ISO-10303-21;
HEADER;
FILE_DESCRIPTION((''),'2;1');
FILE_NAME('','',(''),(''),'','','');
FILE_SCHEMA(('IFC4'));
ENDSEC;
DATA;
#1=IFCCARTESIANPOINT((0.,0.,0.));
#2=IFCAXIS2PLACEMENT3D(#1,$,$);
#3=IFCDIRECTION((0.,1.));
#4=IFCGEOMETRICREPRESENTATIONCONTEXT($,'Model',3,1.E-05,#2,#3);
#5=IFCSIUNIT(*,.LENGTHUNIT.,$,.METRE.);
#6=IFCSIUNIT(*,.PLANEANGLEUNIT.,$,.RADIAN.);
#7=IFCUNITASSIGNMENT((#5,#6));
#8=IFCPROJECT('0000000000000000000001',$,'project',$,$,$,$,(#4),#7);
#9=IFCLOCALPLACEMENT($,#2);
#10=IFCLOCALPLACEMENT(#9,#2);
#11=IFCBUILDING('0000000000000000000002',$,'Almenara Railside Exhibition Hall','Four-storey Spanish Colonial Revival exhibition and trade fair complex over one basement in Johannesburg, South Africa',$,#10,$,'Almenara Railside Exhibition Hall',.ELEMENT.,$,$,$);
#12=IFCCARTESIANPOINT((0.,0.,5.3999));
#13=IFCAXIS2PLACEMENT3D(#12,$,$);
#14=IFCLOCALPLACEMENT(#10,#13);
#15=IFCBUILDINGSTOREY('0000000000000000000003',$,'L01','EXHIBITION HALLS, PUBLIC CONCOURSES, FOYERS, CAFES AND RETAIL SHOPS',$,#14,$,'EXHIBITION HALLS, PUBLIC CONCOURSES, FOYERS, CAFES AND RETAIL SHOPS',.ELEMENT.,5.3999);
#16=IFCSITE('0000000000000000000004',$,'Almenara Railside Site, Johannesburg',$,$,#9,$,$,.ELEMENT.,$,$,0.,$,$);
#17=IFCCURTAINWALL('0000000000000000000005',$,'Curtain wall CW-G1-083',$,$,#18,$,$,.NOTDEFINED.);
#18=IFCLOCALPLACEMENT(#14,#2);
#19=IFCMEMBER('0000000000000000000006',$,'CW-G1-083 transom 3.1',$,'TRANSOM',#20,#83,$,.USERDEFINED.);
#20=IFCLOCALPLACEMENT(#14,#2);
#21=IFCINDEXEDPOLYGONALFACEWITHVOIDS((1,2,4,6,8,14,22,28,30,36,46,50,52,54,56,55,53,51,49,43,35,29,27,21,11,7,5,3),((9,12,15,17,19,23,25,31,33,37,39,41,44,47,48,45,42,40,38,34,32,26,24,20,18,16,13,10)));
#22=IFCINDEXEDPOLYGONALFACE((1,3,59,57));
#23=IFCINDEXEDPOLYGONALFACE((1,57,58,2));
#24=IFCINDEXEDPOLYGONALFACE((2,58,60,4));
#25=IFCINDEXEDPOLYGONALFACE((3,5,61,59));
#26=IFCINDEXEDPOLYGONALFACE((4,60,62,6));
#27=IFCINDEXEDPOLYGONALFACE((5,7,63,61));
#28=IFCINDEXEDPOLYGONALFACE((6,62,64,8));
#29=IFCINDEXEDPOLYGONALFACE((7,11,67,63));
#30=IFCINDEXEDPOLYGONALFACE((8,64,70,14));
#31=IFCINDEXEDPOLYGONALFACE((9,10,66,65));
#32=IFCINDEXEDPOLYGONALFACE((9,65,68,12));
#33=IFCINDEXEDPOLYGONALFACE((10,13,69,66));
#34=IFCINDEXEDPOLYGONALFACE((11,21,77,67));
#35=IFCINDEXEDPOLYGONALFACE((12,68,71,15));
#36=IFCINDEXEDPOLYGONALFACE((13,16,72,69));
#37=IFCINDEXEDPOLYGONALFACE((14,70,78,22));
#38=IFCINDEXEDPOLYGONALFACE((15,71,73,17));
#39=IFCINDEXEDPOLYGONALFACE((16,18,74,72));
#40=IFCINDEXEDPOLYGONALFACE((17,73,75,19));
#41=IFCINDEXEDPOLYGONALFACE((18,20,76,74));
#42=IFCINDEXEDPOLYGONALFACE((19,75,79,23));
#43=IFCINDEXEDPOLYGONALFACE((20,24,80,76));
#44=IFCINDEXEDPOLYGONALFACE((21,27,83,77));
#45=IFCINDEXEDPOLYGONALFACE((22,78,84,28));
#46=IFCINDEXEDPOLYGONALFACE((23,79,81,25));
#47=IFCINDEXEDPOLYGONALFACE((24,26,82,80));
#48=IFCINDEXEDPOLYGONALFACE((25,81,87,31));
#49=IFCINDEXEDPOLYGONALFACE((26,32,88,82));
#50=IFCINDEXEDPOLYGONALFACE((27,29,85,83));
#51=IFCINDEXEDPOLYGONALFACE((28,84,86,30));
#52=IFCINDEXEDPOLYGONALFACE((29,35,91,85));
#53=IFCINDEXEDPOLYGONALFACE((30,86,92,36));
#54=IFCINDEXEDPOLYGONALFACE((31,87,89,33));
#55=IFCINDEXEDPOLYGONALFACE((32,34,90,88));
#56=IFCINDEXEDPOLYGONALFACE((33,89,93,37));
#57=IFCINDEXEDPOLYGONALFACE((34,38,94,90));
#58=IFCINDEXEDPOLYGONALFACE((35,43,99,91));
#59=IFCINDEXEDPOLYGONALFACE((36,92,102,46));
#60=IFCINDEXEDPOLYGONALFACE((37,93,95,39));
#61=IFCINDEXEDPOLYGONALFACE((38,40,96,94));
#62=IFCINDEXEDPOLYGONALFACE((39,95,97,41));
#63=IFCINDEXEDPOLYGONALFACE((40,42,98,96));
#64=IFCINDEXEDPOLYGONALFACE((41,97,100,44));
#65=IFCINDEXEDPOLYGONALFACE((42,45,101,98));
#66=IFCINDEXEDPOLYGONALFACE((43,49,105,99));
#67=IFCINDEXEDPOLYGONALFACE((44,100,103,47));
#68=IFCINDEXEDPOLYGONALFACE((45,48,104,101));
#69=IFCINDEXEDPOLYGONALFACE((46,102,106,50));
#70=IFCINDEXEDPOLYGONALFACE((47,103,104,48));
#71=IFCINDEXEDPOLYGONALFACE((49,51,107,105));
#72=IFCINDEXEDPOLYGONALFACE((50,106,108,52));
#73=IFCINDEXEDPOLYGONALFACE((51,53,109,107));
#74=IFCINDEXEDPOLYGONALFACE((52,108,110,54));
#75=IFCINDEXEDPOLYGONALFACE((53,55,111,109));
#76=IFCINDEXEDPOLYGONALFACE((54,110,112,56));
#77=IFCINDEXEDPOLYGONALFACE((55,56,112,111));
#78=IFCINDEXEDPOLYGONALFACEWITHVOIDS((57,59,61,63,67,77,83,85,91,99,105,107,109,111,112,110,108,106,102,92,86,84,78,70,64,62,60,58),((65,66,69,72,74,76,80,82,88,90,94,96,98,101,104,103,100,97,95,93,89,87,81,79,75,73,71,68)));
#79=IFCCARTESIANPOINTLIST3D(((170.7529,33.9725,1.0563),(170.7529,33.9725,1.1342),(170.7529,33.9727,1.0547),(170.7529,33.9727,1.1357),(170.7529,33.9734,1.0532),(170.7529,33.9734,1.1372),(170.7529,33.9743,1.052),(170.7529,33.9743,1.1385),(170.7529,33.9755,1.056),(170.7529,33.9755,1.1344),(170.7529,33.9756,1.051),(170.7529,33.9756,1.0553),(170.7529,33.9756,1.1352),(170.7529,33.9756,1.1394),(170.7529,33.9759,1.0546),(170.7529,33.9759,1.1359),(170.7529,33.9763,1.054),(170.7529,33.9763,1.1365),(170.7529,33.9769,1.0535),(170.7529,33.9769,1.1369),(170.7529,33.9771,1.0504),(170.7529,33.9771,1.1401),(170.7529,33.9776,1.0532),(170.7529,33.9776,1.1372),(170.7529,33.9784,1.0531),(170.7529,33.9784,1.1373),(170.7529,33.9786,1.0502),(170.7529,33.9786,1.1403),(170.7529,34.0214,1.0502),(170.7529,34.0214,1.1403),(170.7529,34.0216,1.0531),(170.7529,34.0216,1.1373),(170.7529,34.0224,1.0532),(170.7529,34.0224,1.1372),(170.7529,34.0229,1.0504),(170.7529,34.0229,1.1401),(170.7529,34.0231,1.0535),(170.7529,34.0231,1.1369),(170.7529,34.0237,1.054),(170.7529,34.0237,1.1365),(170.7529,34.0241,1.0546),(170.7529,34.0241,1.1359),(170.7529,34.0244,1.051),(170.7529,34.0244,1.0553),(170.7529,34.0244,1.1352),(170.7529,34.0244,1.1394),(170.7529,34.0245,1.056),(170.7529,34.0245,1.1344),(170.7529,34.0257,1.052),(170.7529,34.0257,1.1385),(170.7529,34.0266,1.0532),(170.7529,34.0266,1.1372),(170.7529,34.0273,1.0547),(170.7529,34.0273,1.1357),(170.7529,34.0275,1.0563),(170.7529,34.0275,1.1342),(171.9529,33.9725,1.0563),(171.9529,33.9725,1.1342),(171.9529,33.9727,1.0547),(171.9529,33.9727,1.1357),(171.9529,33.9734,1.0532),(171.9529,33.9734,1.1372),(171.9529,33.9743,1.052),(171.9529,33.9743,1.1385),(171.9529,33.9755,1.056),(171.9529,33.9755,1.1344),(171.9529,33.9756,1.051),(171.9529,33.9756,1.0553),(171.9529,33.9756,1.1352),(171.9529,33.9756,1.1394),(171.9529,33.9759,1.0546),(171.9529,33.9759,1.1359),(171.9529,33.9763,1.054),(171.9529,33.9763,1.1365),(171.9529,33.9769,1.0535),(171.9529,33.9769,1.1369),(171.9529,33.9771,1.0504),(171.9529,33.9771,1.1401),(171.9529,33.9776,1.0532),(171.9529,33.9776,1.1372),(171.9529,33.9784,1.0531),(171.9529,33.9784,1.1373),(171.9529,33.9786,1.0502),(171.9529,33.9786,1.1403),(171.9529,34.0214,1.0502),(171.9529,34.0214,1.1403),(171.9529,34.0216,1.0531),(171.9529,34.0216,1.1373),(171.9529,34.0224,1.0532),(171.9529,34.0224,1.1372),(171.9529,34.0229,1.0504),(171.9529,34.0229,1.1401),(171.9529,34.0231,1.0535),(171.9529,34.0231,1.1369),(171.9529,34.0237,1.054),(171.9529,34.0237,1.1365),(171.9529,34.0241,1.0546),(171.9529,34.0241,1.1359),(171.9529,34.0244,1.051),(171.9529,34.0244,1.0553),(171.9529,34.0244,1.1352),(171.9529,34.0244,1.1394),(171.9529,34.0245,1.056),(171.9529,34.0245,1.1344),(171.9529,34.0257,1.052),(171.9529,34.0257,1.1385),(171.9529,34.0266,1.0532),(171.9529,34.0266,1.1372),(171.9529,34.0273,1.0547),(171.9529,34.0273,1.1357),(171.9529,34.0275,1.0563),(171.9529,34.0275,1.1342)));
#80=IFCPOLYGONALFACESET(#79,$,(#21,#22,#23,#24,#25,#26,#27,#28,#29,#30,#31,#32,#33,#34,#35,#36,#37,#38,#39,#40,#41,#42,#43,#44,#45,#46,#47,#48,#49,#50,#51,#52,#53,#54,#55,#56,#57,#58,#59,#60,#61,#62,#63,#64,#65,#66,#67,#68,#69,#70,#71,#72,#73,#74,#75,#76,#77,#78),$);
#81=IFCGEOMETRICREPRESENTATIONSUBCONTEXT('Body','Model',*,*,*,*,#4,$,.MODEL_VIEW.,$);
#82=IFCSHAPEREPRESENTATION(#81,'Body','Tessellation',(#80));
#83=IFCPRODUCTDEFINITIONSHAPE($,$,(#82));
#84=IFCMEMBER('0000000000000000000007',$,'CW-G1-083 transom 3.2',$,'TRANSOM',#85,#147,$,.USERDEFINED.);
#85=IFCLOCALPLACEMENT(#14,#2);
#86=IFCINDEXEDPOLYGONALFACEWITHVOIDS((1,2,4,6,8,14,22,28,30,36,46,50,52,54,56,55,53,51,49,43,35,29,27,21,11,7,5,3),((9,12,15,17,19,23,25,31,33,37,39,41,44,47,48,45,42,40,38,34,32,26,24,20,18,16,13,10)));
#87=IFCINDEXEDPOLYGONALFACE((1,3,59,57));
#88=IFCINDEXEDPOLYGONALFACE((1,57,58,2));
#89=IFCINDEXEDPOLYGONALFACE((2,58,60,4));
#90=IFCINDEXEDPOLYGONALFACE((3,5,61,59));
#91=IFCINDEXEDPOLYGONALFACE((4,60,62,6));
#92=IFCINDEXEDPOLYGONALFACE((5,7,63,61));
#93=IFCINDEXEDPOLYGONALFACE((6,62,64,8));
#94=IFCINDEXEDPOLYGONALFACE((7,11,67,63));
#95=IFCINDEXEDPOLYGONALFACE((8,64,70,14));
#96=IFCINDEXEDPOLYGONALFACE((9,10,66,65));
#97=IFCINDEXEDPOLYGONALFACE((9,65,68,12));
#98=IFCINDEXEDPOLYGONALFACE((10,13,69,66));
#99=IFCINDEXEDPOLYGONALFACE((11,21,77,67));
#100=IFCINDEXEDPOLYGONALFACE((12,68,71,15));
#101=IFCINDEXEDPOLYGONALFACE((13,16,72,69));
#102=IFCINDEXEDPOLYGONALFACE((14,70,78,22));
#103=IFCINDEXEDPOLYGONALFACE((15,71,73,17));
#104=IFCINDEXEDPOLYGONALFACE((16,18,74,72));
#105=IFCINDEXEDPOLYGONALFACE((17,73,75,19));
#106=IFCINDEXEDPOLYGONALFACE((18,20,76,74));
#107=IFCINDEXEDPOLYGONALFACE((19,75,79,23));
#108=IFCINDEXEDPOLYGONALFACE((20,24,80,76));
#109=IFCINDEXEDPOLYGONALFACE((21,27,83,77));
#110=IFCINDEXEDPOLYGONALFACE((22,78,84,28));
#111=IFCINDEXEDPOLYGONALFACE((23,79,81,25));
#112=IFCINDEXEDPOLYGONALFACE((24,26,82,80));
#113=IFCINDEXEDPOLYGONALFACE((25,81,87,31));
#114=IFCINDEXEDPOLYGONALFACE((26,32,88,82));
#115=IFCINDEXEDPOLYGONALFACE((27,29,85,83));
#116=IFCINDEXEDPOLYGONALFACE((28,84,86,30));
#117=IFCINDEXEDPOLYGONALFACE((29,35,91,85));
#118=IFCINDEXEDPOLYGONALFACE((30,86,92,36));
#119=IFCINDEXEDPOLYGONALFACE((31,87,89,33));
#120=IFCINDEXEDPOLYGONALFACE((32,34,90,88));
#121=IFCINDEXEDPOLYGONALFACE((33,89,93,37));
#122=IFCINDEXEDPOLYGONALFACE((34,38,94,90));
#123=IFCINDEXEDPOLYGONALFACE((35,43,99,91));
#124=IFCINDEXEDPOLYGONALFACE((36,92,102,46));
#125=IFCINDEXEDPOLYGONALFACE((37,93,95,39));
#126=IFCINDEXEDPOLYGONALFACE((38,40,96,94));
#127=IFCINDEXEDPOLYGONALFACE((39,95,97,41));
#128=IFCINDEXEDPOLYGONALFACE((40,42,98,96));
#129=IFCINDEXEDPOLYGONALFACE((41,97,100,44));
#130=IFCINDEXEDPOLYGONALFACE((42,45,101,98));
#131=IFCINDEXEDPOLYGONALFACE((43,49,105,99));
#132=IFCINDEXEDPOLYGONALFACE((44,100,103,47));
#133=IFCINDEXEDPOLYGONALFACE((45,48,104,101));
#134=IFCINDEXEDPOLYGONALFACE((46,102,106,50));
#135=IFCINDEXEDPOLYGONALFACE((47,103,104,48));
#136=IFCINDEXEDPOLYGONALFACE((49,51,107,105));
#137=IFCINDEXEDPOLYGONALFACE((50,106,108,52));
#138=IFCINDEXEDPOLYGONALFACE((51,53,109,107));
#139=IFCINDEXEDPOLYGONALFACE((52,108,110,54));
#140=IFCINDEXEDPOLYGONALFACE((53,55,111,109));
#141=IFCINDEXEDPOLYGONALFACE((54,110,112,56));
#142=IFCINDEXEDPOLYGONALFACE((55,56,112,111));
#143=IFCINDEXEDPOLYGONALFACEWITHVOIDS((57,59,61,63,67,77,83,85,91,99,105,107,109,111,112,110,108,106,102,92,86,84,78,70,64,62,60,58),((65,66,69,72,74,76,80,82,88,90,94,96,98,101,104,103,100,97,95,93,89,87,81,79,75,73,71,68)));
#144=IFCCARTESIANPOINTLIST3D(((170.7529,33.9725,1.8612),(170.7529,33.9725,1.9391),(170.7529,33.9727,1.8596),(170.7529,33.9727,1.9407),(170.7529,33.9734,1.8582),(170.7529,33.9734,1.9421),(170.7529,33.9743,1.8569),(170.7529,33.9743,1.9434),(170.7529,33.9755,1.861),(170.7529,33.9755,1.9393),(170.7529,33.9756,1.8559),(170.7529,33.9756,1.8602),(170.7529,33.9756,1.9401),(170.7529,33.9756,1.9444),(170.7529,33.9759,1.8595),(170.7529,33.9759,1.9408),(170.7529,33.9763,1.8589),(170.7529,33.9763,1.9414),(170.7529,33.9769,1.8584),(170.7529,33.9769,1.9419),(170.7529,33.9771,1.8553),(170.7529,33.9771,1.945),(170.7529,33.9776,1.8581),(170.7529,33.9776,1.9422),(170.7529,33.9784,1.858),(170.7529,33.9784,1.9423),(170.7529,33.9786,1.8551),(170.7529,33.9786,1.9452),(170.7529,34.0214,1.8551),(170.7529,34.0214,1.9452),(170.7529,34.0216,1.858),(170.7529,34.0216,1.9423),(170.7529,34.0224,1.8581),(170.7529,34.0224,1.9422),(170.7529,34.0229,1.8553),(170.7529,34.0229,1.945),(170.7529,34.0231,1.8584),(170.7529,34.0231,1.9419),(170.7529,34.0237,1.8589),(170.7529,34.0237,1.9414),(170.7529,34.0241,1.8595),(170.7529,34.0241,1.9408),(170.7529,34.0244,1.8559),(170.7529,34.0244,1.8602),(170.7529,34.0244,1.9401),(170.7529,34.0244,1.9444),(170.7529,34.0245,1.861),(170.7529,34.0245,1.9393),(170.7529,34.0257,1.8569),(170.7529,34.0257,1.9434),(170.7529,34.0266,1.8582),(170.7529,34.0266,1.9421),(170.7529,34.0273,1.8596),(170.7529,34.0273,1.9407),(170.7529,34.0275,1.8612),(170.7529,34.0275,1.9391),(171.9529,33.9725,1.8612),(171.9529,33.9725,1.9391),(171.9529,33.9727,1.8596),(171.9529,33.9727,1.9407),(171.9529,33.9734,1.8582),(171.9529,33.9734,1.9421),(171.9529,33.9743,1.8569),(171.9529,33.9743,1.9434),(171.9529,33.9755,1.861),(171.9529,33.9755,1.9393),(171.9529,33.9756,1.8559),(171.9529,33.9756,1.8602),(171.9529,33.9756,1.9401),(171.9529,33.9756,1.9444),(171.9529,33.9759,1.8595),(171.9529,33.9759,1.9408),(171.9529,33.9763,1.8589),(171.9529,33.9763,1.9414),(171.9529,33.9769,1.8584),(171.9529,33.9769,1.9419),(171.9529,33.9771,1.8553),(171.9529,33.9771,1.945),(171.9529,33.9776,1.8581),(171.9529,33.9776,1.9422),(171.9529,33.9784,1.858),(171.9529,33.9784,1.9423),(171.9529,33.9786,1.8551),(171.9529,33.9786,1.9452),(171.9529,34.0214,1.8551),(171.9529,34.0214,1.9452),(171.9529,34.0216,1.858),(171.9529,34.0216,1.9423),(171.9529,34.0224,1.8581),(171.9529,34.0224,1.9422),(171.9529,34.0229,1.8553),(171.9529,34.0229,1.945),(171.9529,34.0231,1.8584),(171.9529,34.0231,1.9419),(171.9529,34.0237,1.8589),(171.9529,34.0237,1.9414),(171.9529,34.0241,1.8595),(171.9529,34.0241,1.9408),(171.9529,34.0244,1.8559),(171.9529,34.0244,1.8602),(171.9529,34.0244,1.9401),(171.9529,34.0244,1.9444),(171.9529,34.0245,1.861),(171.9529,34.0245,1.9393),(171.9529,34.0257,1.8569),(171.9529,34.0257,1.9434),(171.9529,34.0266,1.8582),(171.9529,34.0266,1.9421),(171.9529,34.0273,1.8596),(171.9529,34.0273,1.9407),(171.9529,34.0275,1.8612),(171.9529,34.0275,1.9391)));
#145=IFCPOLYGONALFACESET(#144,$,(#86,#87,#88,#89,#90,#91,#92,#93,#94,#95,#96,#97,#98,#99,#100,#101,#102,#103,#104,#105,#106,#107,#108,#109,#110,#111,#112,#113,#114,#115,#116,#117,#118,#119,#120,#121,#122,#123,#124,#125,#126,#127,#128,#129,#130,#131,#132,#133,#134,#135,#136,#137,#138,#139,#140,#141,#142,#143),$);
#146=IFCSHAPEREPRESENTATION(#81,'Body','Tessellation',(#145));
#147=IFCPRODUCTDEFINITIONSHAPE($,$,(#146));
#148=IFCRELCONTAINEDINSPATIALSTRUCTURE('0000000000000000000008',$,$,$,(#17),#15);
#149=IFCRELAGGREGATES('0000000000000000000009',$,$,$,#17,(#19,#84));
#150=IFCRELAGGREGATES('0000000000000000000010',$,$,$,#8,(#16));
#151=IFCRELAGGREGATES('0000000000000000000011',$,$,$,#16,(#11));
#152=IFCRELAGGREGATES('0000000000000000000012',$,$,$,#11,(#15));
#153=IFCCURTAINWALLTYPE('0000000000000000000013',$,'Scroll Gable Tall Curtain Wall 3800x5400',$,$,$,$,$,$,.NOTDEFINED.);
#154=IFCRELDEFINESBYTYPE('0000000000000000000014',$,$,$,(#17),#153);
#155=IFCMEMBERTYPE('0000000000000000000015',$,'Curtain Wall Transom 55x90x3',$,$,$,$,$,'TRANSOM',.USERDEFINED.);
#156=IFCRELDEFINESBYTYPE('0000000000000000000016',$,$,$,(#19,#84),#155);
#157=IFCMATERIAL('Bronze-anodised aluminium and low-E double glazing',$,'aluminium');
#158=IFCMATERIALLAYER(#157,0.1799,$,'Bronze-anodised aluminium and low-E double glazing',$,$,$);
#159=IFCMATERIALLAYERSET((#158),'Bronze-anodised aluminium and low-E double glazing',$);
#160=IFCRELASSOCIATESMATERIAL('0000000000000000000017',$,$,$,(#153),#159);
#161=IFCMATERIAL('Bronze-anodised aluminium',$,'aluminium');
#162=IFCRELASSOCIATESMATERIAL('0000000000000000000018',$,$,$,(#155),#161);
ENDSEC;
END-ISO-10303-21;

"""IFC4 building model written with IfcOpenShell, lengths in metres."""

from ifc_helpers import new_model, si_unit, direction, frame, origin, origin_2d, place, context, subcontext, project, spatial, hollow_rectangle, extrude, material, layer, layer_set, material_profile, profile_set, type_object, element, aggregate, save


model = new_model("IFC4")

# Units and contexts
model_context = context("Model", 3, precision=1e-05, world=origin(), true_north=direction((0.0, 1.0)))
body_context = subcontext(model_context, "Body", "Model", "MODEL_VIEW")
ifc_project = project(units=[si_unit("LENGTHUNIT", "METRE"), si_unit("PLANEANGLEUNIT", "RADIAN")], contexts=[model_context])

# Site, building, storey
site_placement = place(None, origin())
site = spatial("IfcSite", under=ifc_project, at=site_placement, Name="Almenara Railside Site, Johannesburg", CompositionType="ELEMENT", RefElevation=0.0)
building_placement = place(site_placement, origin())
building = spatial("IfcBuilding", under=site, at=building_placement, Name="Almenara Railside Exhibition Hall", Description="Four-storey Spanish Colonial Revival exhibition and trade fair complex over one basement in Johannesburg, South Africa", LongName="Almenara Railside Exhibition Hall", CompositionType="ELEMENT")
storey_placement = place(building_placement, frame((0.0, 0.0, 5.3999)))
storey = spatial("IfcBuildingStorey", under=building, at=storey_placement, Name="L01", Description="EXHIBITION HALLS, PUBLIC CONCOURSES, FOYERS, CAFES AND RETAIL SHOPS", LongName="EXHIBITION HALLS, PUBLIC CONCOURSES, FOYERS, CAFES AND RETAIL SHOPS", CompositionType="ELEMENT", Elevation=5.3999)

# Curtain wall, members
ifc_material_1 = material(Name="Bronze-anodised aluminium and low-E double glazing", Category="aluminium")
ifc_layer_1 = layer(ifc_material_1, 0.1799, Name="Bronze-anodised aluminium and low-E double glazing")
ifc_layer_set_1 = layer_set([ifc_layer_1], Name="Bronze-anodised aluminium and low-E double glazing")
curtain_wall_type = type_object("IfcCurtainWallType", Name="Scroll Gable Tall Curtain Wall 3800x5400", PredefinedType="NOTDEFINED", material=ifc_layer_set_1)
curtain_wall_placement = place(storey_placement, origin())
curtain_wall = element("IfcCurtainWall", 1, at=curtain_wall_placement, inside=storey, type_object=curtain_wall_type, Name="Curtain wall CW-G1-083", PredefinedType="NOTDEFINED")
ifc_material_2 = material(Name="Bronze-anodised aluminium", Category="aluminium")
ifc_material_profile_1 = material_profile(ifc_material_2, hollow_rectangle(XDim=0.0549, YDim=0.0901, WallThickness=0.0029, InnerFilletRadius=0.0029, OuterFilletRadius=0.0061, at=origin_2d()), Name="ALU-TRN 55x90x3")
ifc_profile_set_1 = profile_set([ifc_material_profile_1], Name="Bronze-anodised aluminium")
member_type_1 = type_object("IfcMemberType", Name="Curtain Wall Transom 55x90x3", ElementType="TRANSOM", PredefinedType="USERDEFINED", material=ifc_profile_set_1)
member_1_placement = place(storey_placement, frame((170.7529, 34.0, 1.0952), z_axis=(1.0, 0.0, 0.0), x_axis=(0.0, 1.0, 0.0)))
member_1 = element("IfcMember", 2, at=member_1_placement, type_object=member_type_1, Name="CW-G1-083 transom 3.1", ObjectType="TRANSOM", PredefinedType="USERDEFINED", context=body_context, shape_type="SweptSolid", body=[
    extrude(hollow_rectangle(XDim=0.0549, YDim=0.0901, WallThickness=0.0029, InnerFilletRadius=0.0029, OuterFilletRadius=0.0061, at=origin_2d()), origin(), (0.0, 0.0, 1.0), 1.2),
])
member_2_placement = place(storey_placement, frame((170.7529, 34.0, 1.9001), z_axis=(1.0, 0.0, 0.0), x_axis=(0.0, 1.0, 0.0)))
member_2 = element("IfcMember", 3, at=member_2_placement, type_object=member_type_1, Name="CW-G1-083 transom 3.2", ObjectType="TRANSOM", PredefinedType="USERDEFINED", context=body_context, shape_type="SweptSolid", body=[
    extrude(hollow_rectangle(XDim=0.0549, YDim=0.0901, WallThickness=0.0029, InnerFilletRadius=0.0029, OuterFilletRadius=0.0061, at=origin_2d()), origin(), (0.0, 0.0, 1.0), 1.2),
])
aggregate(curtain_wall, [member_1, member_2])

save(model, "model.ifc")
